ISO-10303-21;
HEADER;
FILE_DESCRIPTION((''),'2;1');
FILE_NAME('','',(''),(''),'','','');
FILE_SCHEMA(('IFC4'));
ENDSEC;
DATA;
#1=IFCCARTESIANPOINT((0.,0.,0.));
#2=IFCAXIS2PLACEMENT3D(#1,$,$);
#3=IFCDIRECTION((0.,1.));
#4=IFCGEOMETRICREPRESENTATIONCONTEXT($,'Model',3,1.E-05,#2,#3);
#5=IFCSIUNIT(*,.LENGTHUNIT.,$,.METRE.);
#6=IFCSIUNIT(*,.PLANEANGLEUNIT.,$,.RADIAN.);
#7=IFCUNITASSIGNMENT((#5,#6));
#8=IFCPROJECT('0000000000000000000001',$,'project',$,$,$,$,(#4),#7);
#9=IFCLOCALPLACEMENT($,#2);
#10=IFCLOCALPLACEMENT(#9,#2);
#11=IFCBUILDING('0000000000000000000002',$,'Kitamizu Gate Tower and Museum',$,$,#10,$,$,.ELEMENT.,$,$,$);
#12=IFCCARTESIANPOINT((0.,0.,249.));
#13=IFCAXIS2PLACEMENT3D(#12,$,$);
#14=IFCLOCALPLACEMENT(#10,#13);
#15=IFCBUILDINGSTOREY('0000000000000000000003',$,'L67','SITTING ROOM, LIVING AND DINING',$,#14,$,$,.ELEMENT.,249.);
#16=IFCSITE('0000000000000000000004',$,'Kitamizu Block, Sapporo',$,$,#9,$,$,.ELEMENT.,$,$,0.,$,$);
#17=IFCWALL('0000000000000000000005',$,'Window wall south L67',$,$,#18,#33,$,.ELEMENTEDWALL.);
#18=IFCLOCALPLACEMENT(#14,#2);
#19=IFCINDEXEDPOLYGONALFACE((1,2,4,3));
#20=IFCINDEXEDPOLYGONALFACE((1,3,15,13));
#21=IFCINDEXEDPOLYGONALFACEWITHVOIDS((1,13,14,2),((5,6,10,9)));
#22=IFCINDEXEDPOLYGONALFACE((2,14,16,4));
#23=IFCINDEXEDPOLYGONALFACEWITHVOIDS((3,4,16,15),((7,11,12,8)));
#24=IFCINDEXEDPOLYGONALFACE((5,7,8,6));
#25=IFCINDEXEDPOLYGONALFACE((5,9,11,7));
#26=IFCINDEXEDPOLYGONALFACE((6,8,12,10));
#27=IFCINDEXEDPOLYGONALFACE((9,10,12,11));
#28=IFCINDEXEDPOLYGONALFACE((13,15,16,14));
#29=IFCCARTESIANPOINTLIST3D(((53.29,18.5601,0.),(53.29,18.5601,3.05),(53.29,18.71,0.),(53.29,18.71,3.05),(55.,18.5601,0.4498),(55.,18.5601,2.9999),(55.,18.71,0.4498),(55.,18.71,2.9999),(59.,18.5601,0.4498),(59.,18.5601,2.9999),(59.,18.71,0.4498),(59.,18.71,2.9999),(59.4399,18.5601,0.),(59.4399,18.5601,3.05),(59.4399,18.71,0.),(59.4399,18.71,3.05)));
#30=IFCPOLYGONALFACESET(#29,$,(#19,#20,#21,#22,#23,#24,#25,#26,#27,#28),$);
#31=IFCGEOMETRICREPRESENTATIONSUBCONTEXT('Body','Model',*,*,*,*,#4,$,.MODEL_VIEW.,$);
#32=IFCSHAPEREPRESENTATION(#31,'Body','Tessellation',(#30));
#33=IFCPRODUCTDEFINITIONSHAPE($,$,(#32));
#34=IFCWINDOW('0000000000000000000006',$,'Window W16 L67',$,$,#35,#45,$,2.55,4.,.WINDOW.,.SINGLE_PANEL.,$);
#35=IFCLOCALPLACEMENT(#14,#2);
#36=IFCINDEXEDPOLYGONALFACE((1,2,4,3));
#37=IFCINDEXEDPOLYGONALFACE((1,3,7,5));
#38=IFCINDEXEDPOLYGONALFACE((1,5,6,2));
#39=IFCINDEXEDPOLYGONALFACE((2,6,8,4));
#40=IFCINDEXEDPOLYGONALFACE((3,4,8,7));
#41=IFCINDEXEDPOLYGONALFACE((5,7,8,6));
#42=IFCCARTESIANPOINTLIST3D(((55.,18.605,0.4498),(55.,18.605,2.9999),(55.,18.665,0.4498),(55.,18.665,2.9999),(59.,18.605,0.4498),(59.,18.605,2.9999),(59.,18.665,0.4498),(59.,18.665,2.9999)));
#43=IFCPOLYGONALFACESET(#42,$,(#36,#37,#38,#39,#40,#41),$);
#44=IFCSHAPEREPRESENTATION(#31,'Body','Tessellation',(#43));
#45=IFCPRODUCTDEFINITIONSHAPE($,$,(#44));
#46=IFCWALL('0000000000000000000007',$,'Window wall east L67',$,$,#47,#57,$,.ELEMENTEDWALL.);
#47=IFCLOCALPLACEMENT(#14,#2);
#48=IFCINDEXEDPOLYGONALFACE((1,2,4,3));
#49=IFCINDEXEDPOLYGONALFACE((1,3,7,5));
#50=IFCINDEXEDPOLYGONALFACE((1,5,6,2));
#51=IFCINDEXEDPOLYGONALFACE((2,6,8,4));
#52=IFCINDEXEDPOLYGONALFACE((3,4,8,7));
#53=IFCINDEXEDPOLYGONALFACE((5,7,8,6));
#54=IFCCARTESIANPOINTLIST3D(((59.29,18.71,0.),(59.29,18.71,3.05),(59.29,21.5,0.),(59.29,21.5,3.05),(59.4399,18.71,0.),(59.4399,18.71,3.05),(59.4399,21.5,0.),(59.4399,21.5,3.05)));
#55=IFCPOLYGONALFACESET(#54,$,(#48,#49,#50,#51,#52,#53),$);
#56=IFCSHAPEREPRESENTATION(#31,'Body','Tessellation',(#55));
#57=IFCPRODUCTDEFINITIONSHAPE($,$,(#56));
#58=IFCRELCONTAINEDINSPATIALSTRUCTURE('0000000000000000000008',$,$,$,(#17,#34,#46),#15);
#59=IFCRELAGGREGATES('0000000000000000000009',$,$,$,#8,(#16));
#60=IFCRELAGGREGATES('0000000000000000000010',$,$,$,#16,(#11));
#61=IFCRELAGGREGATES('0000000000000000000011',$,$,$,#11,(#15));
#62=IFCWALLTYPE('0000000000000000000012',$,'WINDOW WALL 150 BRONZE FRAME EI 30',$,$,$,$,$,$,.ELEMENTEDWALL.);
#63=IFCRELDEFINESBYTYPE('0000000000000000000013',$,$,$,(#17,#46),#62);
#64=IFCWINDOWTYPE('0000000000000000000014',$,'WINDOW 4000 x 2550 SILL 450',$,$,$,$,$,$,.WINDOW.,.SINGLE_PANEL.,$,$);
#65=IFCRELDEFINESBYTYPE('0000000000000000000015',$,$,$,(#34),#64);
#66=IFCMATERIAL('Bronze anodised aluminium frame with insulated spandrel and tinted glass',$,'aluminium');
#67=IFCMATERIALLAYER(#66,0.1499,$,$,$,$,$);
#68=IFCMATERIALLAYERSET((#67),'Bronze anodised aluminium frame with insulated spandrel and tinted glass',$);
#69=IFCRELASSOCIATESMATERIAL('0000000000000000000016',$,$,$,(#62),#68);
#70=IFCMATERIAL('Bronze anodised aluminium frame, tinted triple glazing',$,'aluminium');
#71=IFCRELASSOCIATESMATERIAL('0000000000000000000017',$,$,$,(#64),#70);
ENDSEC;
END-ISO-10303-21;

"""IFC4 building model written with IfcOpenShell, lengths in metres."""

from ifc_helpers import new_model, si_unit, direction, frame, frame_2d, origin, place, context, subcontext, project, spatial, rectangle, extrude, material, layer, layer_set, type_object, element, fill, save


model = new_model("IFC4")

# Units and contexts
model_context = context("Model", 3, precision=1e-05, world=origin(), true_north=direction((0.0, 1.0)))
body_context = subcontext(model_context, "Body", "Model", "MODEL_VIEW")
ifc_project = project(units=[si_unit("LENGTHUNIT", "METRE"), si_unit("PLANEANGLEUNIT", "RADIAN")], contexts=[model_context])

# Site, building, storey
site_placement = place(None, origin())
site = spatial("IfcSite", under=ifc_project, at=site_placement, Name="Kitamizu Block, Sapporo", CompositionType="ELEMENT", RefElevation=0.0)
building_placement = place(site_placement, origin())
building = spatial("IfcBuilding", under=site, at=building_placement, Name="Kitamizu Gate Tower and Museum", CompositionType="ELEMENT")
storey_placement = place(building_placement, frame((0.0, 0.0, 249.0)))
storey = spatial("IfcBuildingStorey", under=building, at=storey_placement, Name="L67", Description="SITTING ROOM, LIVING AND DINING", CompositionType="ELEMENT", Elevation=249.0)

# Wall, opening, window
ifc_material_1 = material(Name="Bronze anodised aluminium frame with insulated spandrel and tinted glass", Category="aluminium")
ifc_layer_1 = layer(ifc_material_1, 0.1499)
ifc_layer_set_1 = layer_set([ifc_layer_1], Name="Bronze anodised aluminium frame with insulated spandrel and tinted glass")
wall_type_1 = type_object("IfcWallType", Name="WINDOW WALL 150 BRONZE FRAME EI 30", PredefinedType="ELEMENTEDWALL", material=ifc_layer_set_1)
ifc_material_2 = material(Name="Bronze anodised aluminium frame, tinted triple glazing", Category="aluminium")
window_type = type_object("IfcWindowType", Name="WINDOW 4000 x 2550 SILL 450", PartitioningType="SINGLE_PANEL", PredefinedType="WINDOW", material=ifc_material_2)
wall_1_placement = place(storey_placement, frame((53.29, 18.635, 0.0), z_axis=(0.0, 0.0, 1.0), x_axis=(1.0, 0.0, 0.0)))
wall_1 = element("IfcWall", 1, at=wall_1_placement, inside=storey, type_object=wall_type_1, Name="Window wall south L67", PredefinedType="ELEMENTEDWALL", context=body_context, shape_type="SweptSolid", body=[
    extrude(rectangle(XDim=6.1499, YDim=0.1499, at=frame_2d((3.075, 0.0))), origin(), (0.0, 0.0, 1.0), 3.05),
])
opening_1_placement = place(wall_1_placement, frame((1.71, 0.0, 0.45)))
opening_1 = element("IfcOpeningElement", 2, at=opening_1_placement, cuts=wall_1, PredefinedType="OPENING", context=body_context, shape_type="SweptSolid", body=[
    extrude(rectangle(XDim=4.0, YDim=2.55, at=frame_2d((2.0, 1.2749))), frame((0.0, 0.085, 0.0), z_axis=(0.0, -1.0, 0.0), x_axis=(1.0, 0.0, 0.0)), (0.0, 0.0, 1.0), 0.1699),
])
window_1_placement = place(opening_1_placement, origin())
window_1 = element("IfcWindow", 3, at=window_1_placement, inside=storey, type_object=window_type, Name="Window W16 L67", OverallHeight=2.55, OverallWidth=4.0, PartitioningType="SINGLE_PANEL", PredefinedType="WINDOW", context=body_context, shape_type="SweptSolid", body=[
    extrude(rectangle(XDim=4.0, YDim=2.55, at=frame_2d((2.0, 1.2749))), frame((0.0, 0.03, 0.0), z_axis=(0.0, -1.0, 0.0), x_axis=(1.0, 0.0, 0.0)), (0.0, 0.0, 1.0), 0.0601),
])
fill(opening_1, window_1)

# Wall
wall_2_placement = place(storey_placement, frame((59.365, 18.71, 0.0), z_axis=(0.0, 0.0, 1.0), x_axis=(0.0, 1.0, 0.0)))
element("IfcWall", 4, at=wall_2_placement, inside=storey, type_object=wall_type_1, Name="Window wall east L67", PredefinedType="ELEMENTEDWALL", context=body_context, shape_type="SweptSolid", body=[
    extrude(rectangle(XDim=2.79, YDim=0.1499, at=frame_2d((1.395, 0.0))), origin(), (0.0, 0.0, 1.0), 3.05),
])

save(model, "model.ifc")
